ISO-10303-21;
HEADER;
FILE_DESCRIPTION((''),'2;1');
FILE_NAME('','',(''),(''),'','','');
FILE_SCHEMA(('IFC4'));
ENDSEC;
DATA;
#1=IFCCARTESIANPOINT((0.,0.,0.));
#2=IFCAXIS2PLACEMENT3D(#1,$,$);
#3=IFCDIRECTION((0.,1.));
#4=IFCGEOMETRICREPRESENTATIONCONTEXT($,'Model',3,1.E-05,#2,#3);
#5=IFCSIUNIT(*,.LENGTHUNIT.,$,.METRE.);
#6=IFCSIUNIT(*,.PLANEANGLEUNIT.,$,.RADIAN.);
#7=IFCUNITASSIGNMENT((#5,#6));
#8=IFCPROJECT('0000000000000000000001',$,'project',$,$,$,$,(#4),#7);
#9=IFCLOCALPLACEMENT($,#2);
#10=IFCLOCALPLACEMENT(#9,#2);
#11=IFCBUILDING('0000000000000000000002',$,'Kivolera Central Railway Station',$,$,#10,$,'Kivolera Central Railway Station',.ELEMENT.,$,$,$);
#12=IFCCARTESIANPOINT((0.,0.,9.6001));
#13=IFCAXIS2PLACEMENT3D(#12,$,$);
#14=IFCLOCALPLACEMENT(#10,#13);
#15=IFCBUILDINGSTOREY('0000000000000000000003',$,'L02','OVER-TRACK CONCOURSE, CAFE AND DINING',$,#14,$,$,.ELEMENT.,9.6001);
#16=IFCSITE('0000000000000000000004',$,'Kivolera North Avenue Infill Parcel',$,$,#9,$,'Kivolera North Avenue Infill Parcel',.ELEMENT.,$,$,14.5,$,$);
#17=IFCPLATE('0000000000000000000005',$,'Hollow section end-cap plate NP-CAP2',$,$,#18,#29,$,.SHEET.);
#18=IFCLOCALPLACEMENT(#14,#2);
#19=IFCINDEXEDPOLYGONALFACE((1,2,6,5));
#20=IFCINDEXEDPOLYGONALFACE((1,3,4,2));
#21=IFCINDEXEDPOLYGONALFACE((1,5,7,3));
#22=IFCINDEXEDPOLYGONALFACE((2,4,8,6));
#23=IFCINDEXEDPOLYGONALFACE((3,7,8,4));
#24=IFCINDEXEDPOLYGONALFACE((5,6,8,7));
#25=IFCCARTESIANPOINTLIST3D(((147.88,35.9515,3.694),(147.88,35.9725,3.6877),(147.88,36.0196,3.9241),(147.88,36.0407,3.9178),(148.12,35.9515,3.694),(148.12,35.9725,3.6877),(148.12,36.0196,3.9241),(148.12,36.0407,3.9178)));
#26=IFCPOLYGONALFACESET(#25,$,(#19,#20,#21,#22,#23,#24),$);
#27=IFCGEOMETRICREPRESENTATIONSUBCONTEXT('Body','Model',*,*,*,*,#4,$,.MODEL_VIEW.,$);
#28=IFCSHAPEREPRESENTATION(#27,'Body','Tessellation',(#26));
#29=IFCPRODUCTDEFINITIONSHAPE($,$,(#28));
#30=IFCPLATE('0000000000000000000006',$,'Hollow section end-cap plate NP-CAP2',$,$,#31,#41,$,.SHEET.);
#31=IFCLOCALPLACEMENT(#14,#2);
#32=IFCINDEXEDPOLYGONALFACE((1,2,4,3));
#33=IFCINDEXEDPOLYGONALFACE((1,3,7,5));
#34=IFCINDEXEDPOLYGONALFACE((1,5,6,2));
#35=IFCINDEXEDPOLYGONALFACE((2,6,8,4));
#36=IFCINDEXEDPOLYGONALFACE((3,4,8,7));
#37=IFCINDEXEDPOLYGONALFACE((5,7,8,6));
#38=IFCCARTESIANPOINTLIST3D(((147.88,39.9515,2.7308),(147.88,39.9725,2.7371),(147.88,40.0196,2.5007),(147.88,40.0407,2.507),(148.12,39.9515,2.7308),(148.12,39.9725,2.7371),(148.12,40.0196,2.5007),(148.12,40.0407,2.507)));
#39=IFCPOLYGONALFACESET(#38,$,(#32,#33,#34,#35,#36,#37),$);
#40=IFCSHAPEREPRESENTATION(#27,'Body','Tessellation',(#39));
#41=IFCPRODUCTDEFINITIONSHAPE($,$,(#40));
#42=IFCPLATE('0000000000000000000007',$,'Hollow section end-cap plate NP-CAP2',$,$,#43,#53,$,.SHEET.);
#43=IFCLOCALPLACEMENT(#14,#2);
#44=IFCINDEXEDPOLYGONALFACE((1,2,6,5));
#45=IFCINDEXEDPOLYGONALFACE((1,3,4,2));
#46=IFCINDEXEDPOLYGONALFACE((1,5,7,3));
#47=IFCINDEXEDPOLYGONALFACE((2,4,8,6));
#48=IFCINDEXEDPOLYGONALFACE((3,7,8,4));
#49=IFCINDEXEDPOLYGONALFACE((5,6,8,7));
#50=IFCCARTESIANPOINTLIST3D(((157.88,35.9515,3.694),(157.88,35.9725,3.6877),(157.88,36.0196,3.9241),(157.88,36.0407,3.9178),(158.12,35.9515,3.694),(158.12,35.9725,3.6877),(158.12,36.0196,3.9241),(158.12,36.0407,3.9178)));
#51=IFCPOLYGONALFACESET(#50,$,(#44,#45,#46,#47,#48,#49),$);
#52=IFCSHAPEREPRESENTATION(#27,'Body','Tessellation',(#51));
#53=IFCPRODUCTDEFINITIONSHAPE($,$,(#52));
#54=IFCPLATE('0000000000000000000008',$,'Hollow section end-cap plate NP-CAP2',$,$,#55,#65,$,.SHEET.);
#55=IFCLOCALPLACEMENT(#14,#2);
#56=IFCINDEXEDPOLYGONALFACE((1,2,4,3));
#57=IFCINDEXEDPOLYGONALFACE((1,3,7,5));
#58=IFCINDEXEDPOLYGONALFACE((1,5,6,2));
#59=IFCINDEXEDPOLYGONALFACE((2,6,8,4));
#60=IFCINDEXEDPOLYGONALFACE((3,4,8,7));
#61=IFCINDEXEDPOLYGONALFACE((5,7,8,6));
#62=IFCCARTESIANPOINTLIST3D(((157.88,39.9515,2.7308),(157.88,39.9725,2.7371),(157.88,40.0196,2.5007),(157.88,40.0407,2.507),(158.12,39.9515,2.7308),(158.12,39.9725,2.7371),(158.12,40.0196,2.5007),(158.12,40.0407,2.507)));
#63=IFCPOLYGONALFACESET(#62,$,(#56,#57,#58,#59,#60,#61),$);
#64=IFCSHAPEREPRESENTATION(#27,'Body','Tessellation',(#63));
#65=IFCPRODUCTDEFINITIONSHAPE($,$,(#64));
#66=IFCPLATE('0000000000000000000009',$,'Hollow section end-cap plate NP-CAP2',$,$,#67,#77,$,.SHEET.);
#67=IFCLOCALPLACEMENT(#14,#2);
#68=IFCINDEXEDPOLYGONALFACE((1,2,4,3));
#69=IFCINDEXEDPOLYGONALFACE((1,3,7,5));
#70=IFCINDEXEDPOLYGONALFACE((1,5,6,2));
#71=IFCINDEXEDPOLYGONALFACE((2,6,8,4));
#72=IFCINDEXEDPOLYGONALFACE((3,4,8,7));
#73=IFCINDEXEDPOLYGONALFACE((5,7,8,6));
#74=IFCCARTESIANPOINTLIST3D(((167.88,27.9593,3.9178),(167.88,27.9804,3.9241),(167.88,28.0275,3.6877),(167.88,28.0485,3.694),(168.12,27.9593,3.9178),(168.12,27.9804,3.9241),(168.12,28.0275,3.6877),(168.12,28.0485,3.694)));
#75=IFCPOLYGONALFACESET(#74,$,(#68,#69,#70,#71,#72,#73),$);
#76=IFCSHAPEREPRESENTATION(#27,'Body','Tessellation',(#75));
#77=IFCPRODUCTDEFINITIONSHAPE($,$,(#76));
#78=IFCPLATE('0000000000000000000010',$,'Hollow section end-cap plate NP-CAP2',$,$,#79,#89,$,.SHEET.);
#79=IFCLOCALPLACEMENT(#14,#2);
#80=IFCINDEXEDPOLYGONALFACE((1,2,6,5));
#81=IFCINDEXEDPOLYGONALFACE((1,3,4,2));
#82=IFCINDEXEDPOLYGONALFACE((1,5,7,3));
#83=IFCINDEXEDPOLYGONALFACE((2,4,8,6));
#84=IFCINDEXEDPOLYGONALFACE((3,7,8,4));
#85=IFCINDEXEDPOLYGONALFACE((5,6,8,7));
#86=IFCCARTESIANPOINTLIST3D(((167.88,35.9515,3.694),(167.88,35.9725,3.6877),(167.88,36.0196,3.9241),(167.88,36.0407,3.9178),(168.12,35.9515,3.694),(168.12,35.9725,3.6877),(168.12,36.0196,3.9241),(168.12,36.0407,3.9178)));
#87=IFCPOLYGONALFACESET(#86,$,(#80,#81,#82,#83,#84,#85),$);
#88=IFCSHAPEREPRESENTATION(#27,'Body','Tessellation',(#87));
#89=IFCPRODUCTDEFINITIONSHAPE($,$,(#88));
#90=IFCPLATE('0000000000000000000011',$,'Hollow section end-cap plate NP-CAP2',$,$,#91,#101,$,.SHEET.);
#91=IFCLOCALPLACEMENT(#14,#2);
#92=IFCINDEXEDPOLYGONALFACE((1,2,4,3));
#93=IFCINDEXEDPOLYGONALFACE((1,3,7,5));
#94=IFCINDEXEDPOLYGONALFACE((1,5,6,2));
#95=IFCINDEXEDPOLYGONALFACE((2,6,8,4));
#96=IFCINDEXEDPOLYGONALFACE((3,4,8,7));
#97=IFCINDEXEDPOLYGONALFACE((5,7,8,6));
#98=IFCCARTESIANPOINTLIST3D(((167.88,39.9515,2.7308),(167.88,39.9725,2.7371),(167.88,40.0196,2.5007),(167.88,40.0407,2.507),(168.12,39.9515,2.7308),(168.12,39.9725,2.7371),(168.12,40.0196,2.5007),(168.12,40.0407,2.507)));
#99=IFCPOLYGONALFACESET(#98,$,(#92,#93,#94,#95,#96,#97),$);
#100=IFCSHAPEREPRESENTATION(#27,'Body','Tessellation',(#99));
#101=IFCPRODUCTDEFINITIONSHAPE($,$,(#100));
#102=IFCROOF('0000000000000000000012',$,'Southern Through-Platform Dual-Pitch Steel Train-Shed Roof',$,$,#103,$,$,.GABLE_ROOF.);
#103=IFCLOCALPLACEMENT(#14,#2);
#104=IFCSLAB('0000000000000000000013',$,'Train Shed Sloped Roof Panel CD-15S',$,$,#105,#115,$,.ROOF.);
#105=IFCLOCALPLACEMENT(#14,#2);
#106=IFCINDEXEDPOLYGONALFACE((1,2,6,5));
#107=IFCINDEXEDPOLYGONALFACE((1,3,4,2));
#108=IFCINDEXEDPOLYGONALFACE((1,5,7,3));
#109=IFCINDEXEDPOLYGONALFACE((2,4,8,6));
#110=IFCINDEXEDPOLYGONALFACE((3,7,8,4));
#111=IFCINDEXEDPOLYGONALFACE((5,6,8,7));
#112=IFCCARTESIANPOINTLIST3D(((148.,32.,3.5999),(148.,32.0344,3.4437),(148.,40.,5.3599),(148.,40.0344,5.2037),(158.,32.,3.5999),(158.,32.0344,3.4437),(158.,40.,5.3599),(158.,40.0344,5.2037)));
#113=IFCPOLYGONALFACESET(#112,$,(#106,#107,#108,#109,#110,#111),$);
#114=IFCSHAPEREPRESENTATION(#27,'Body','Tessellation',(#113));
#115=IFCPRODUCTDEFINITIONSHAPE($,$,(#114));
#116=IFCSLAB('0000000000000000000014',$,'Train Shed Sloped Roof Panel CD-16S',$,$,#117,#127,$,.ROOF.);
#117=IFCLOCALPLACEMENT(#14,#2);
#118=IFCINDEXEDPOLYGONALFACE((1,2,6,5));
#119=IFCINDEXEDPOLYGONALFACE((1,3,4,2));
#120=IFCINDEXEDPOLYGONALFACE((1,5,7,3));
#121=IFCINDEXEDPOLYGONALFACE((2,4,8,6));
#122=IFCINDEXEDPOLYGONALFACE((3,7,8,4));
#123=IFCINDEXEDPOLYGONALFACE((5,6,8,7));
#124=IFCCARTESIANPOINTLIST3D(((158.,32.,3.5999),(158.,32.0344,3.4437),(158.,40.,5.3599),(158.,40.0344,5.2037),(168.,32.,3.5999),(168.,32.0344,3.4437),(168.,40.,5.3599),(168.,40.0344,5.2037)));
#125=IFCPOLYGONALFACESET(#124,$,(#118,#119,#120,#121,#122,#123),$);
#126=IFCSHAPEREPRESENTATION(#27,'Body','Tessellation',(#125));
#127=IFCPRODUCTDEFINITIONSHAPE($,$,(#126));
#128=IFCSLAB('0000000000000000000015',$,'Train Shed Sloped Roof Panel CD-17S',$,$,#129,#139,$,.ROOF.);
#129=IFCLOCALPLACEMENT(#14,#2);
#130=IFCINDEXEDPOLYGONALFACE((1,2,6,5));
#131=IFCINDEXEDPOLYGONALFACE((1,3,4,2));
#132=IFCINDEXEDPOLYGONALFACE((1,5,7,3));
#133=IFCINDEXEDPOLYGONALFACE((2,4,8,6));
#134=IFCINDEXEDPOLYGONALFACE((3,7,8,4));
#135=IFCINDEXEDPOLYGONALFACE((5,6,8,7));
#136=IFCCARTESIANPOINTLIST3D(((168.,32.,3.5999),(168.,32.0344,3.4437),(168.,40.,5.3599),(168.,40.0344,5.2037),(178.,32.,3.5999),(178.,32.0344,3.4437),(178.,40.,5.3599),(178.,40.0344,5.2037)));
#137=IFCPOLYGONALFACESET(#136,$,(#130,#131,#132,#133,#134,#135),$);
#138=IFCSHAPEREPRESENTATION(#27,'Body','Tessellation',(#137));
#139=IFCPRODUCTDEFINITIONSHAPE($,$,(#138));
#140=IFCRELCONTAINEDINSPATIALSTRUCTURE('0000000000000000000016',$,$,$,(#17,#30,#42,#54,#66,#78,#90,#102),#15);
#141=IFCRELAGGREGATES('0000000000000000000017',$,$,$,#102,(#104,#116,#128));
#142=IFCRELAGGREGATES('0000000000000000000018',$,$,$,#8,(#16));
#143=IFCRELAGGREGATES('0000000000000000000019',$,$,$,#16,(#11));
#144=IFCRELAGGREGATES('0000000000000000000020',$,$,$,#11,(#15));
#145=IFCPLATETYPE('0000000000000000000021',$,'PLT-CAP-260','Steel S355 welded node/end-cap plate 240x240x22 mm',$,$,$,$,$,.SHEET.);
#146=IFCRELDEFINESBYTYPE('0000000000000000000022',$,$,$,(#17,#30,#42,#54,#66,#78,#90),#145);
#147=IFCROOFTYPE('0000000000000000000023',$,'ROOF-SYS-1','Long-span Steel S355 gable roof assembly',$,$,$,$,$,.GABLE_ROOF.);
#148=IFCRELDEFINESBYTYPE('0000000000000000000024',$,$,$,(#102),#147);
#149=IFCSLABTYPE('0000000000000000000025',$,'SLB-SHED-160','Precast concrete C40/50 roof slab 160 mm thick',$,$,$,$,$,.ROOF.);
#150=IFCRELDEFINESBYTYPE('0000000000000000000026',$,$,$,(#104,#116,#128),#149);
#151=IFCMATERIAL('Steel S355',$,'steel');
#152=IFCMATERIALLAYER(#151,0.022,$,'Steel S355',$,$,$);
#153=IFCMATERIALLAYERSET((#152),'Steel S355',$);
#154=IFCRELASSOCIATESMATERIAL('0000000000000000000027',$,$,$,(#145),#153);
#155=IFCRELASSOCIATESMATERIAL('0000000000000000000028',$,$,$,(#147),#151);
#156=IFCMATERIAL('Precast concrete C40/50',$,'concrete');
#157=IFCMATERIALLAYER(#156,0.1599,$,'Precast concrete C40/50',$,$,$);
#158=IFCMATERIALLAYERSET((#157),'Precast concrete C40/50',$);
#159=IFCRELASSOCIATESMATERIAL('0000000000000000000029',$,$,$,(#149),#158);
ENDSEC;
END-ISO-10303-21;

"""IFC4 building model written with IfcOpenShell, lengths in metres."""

from ifc_helpers import new_model, si_unit, direction, frame, origin, origin_2d, place, context, subcontext, project, spatial, polyline, rectangle, outline, extrude, material, layer, layer_set, type_object, element, aggregate, save


model = new_model("IFC4")

# Units and contexts
model_context = context("Model", 3, precision=1e-05, world=origin(), true_north=direction((0.0, 1.0)))
body_context = subcontext(model_context, "Body", "Model", "MODEL_VIEW")
ifc_project = project(units=[si_unit("LENGTHUNIT", "METRE"), si_unit("PLANEANGLEUNIT", "RADIAN")], contexts=[model_context])

# Site, building, storey
site_placement = place(None, origin())
site = spatial("IfcSite", under=ifc_project, at=site_placement, Name="Kivolera North Avenue Infill Parcel", LongName="Kivolera North Avenue Infill Parcel", CompositionType="ELEMENT", RefElevation=14.5)
building_placement = place(site_placement, origin())
building = spatial("IfcBuilding", under=site, at=building_placement, Name="Kivolera Central Railway Station", LongName="Kivolera Central Railway Station", CompositionType="ELEMENT")
storey_placement = place(building_placement, frame((0.0, 0.0, 9.6001)))
storey = spatial("IfcBuildingStorey", under=building, at=storey_placement, Name="L02", Description="OVER-TRACK CONCOURSE, CAFE AND DINING", CompositionType="ELEMENT", Elevation=9.6001)

# Shared definitions
ifc_material_1 = material(Name="Steel S355", Category="steel")

# Plates
ifc_layer_1 = layer(ifc_material_1, 0.022, Name="Steel S355")
ifc_layer_set_1 = layer_set([ifc_layer_1], Name="Steel S355")
plate_type_1 = type_object("IfcPlateType", Name="PLT-CAP-260", Description="Steel S355 welded node/end-cap plate 240x240x22 mm", PredefinedType="SHEET", material=ifc_layer_set_1)
for number, where, z_axis, x_axis, name in (
    (1, (148.0, 35.9961, 3.8059), (0.0, -0.95881, 0.284048), (1.0, 0.0, 0.0), "Hollow section end-cap plate NP-CAP2"),
    (2, (148.0, 39.9961, 2.6189), (0.0, 0.95881, 0.284048), (-1.0, 0.0, 0.0), "Hollow section end-cap plate NP-CAP2"),
    (3, (158.0, 35.9961, 3.8059), (0.0, -0.95881, 0.284048), (1.0, 0.0, 0.0), "Hollow section end-cap plate NP-CAP2"),
    (4, (158.0, 39.9961, 2.6189), (0.0, 0.95881, 0.284048), (-1.0, 0.0, 0.0), "Hollow section end-cap plate NP-CAP2"),
    (5, (168.0, 28.0039, 3.8059), (0.0, 0.95881, 0.284048), (-1.0, 0.0, 0.0), "Hollow section end-cap plate NP-CAP2"),
    (6, (168.0, 35.9961, 3.8059), (0.0, -0.95881, 0.284048), (1.0, 0.0, 0.0), "Hollow section end-cap plate NP-CAP2"),
    (7, (168.0, 39.9961, 2.6189), (0.0, 0.95881, 0.284048), (-1.0, 0.0, 0.0), "Hollow section end-cap plate NP-CAP2"),
):
    element("IfcPlate", number, at=place(storey_placement, frame(where, z_axis=z_axis, x_axis=x_axis)), inside=storey, type_object=plate_type_1, Name=name, PredefinedType="SHEET", context=body_context, shape_type="SweptSolid", body=[
        extrude(rectangle(XDim=0.24, YDim=0.24, at=origin_2d()), frame((0.0, 0.0, -0.011)), (0.0, 0.0, 1.0), 0.022),
    ])

# Roof, slabs
roof_type = type_object("IfcRoofType", Name="ROOF-SYS-1", Description="Long-span Steel S355 gable roof assembly", PredefinedType="GABLE_ROOF", material=ifc_material_1)
roof_placement = place(storey_placement, origin())
roof = element("IfcRoof", 8, at=roof_placement, inside=storey, type_object=roof_type, Name="Southern Through-Platform Dual-Pitch Steel Train-Shed Roof", PredefinedType="GABLE_ROOF")
ifc_material_2 = material(Name="Precast concrete C40/50", Category="concrete")
ifc_layer_2 = layer(ifc_material_2, 0.1599, Name="Precast concrete C40/50")
ifc_layer_set_2 = layer_set([ifc_layer_2], Name="Precast concrete C40/50")
slab_type = type_object("IfcSlabType", Name="SLB-SHED-160", Description="Precast concrete C40/50 roof slab 160 mm thick", PredefinedType="ROOF", material=ifc_layer_set_2)
slab_1_placement = place(storey_placement, frame((148.0, 32.0, 3.5999), z_axis=(0.0, -0.214863, 0.976644), x_axis=(1.0, 0.0, 0.0)))
slab_1 = element("IfcSlab", 9, at=slab_1_placement, type_object=slab_type, Name="Train Shed Sloped Roof Panel CD-15S", PredefinedType="ROOF", context=body_context, shape_type="SweptSolid", body=[
    extrude(outline(polyline([(0.0, 0.0), (10.0, 0.0), (10.0, 8.1913), (0.0, 8.1913), (0.0, 0.0)])), origin(), (0.0, 0.0, -1.0), 0.1599),
])
slab_2_placement = place(storey_placement, frame((158.0, 32.0, 3.5999), z_axis=(0.0, -0.214863, 0.976644), x_axis=(1.0, 0.0, 0.0)))
slab_2 = element("IfcSlab", 10, at=slab_2_placement, type_object=slab_type, Name="Train Shed Sloped Roof Panel CD-16S", PredefinedType="ROOF", context=body_context, shape_type="SweptSolid", body=[
    extrude(outline(polyline([(0.0, 0.0), (10.0, 0.0), (10.0, 8.1913), (0.0, 8.1913), (0.0, 0.0)])), origin(), (0.0, 0.0, -1.0), 0.1599),
])
slab_3_placement = place(storey_placement, frame((168.0, 32.0, 3.5999), z_axis=(0.0, -0.214863, 0.976644), x_axis=(1.0, 0.0, 0.0)))
slab_3 = element("IfcSlab", 11, at=slab_3_placement, type_object=slab_type, Name="Train Shed Sloped Roof Panel CD-17S", PredefinedType="ROOF", context=body_context, shape_type="SweptSolid", body=[
    extrude(outline(polyline([(0.0, 0.0), (10.0, 0.0), (10.0, 8.1913), (0.0, 8.1913), (0.0, 0.0)])), origin(), (0.0, 0.0, -1.0), 0.1599),
])
aggregate(roof, [slab_1, slab_2, slab_3])

save(model, "model.ifc")
